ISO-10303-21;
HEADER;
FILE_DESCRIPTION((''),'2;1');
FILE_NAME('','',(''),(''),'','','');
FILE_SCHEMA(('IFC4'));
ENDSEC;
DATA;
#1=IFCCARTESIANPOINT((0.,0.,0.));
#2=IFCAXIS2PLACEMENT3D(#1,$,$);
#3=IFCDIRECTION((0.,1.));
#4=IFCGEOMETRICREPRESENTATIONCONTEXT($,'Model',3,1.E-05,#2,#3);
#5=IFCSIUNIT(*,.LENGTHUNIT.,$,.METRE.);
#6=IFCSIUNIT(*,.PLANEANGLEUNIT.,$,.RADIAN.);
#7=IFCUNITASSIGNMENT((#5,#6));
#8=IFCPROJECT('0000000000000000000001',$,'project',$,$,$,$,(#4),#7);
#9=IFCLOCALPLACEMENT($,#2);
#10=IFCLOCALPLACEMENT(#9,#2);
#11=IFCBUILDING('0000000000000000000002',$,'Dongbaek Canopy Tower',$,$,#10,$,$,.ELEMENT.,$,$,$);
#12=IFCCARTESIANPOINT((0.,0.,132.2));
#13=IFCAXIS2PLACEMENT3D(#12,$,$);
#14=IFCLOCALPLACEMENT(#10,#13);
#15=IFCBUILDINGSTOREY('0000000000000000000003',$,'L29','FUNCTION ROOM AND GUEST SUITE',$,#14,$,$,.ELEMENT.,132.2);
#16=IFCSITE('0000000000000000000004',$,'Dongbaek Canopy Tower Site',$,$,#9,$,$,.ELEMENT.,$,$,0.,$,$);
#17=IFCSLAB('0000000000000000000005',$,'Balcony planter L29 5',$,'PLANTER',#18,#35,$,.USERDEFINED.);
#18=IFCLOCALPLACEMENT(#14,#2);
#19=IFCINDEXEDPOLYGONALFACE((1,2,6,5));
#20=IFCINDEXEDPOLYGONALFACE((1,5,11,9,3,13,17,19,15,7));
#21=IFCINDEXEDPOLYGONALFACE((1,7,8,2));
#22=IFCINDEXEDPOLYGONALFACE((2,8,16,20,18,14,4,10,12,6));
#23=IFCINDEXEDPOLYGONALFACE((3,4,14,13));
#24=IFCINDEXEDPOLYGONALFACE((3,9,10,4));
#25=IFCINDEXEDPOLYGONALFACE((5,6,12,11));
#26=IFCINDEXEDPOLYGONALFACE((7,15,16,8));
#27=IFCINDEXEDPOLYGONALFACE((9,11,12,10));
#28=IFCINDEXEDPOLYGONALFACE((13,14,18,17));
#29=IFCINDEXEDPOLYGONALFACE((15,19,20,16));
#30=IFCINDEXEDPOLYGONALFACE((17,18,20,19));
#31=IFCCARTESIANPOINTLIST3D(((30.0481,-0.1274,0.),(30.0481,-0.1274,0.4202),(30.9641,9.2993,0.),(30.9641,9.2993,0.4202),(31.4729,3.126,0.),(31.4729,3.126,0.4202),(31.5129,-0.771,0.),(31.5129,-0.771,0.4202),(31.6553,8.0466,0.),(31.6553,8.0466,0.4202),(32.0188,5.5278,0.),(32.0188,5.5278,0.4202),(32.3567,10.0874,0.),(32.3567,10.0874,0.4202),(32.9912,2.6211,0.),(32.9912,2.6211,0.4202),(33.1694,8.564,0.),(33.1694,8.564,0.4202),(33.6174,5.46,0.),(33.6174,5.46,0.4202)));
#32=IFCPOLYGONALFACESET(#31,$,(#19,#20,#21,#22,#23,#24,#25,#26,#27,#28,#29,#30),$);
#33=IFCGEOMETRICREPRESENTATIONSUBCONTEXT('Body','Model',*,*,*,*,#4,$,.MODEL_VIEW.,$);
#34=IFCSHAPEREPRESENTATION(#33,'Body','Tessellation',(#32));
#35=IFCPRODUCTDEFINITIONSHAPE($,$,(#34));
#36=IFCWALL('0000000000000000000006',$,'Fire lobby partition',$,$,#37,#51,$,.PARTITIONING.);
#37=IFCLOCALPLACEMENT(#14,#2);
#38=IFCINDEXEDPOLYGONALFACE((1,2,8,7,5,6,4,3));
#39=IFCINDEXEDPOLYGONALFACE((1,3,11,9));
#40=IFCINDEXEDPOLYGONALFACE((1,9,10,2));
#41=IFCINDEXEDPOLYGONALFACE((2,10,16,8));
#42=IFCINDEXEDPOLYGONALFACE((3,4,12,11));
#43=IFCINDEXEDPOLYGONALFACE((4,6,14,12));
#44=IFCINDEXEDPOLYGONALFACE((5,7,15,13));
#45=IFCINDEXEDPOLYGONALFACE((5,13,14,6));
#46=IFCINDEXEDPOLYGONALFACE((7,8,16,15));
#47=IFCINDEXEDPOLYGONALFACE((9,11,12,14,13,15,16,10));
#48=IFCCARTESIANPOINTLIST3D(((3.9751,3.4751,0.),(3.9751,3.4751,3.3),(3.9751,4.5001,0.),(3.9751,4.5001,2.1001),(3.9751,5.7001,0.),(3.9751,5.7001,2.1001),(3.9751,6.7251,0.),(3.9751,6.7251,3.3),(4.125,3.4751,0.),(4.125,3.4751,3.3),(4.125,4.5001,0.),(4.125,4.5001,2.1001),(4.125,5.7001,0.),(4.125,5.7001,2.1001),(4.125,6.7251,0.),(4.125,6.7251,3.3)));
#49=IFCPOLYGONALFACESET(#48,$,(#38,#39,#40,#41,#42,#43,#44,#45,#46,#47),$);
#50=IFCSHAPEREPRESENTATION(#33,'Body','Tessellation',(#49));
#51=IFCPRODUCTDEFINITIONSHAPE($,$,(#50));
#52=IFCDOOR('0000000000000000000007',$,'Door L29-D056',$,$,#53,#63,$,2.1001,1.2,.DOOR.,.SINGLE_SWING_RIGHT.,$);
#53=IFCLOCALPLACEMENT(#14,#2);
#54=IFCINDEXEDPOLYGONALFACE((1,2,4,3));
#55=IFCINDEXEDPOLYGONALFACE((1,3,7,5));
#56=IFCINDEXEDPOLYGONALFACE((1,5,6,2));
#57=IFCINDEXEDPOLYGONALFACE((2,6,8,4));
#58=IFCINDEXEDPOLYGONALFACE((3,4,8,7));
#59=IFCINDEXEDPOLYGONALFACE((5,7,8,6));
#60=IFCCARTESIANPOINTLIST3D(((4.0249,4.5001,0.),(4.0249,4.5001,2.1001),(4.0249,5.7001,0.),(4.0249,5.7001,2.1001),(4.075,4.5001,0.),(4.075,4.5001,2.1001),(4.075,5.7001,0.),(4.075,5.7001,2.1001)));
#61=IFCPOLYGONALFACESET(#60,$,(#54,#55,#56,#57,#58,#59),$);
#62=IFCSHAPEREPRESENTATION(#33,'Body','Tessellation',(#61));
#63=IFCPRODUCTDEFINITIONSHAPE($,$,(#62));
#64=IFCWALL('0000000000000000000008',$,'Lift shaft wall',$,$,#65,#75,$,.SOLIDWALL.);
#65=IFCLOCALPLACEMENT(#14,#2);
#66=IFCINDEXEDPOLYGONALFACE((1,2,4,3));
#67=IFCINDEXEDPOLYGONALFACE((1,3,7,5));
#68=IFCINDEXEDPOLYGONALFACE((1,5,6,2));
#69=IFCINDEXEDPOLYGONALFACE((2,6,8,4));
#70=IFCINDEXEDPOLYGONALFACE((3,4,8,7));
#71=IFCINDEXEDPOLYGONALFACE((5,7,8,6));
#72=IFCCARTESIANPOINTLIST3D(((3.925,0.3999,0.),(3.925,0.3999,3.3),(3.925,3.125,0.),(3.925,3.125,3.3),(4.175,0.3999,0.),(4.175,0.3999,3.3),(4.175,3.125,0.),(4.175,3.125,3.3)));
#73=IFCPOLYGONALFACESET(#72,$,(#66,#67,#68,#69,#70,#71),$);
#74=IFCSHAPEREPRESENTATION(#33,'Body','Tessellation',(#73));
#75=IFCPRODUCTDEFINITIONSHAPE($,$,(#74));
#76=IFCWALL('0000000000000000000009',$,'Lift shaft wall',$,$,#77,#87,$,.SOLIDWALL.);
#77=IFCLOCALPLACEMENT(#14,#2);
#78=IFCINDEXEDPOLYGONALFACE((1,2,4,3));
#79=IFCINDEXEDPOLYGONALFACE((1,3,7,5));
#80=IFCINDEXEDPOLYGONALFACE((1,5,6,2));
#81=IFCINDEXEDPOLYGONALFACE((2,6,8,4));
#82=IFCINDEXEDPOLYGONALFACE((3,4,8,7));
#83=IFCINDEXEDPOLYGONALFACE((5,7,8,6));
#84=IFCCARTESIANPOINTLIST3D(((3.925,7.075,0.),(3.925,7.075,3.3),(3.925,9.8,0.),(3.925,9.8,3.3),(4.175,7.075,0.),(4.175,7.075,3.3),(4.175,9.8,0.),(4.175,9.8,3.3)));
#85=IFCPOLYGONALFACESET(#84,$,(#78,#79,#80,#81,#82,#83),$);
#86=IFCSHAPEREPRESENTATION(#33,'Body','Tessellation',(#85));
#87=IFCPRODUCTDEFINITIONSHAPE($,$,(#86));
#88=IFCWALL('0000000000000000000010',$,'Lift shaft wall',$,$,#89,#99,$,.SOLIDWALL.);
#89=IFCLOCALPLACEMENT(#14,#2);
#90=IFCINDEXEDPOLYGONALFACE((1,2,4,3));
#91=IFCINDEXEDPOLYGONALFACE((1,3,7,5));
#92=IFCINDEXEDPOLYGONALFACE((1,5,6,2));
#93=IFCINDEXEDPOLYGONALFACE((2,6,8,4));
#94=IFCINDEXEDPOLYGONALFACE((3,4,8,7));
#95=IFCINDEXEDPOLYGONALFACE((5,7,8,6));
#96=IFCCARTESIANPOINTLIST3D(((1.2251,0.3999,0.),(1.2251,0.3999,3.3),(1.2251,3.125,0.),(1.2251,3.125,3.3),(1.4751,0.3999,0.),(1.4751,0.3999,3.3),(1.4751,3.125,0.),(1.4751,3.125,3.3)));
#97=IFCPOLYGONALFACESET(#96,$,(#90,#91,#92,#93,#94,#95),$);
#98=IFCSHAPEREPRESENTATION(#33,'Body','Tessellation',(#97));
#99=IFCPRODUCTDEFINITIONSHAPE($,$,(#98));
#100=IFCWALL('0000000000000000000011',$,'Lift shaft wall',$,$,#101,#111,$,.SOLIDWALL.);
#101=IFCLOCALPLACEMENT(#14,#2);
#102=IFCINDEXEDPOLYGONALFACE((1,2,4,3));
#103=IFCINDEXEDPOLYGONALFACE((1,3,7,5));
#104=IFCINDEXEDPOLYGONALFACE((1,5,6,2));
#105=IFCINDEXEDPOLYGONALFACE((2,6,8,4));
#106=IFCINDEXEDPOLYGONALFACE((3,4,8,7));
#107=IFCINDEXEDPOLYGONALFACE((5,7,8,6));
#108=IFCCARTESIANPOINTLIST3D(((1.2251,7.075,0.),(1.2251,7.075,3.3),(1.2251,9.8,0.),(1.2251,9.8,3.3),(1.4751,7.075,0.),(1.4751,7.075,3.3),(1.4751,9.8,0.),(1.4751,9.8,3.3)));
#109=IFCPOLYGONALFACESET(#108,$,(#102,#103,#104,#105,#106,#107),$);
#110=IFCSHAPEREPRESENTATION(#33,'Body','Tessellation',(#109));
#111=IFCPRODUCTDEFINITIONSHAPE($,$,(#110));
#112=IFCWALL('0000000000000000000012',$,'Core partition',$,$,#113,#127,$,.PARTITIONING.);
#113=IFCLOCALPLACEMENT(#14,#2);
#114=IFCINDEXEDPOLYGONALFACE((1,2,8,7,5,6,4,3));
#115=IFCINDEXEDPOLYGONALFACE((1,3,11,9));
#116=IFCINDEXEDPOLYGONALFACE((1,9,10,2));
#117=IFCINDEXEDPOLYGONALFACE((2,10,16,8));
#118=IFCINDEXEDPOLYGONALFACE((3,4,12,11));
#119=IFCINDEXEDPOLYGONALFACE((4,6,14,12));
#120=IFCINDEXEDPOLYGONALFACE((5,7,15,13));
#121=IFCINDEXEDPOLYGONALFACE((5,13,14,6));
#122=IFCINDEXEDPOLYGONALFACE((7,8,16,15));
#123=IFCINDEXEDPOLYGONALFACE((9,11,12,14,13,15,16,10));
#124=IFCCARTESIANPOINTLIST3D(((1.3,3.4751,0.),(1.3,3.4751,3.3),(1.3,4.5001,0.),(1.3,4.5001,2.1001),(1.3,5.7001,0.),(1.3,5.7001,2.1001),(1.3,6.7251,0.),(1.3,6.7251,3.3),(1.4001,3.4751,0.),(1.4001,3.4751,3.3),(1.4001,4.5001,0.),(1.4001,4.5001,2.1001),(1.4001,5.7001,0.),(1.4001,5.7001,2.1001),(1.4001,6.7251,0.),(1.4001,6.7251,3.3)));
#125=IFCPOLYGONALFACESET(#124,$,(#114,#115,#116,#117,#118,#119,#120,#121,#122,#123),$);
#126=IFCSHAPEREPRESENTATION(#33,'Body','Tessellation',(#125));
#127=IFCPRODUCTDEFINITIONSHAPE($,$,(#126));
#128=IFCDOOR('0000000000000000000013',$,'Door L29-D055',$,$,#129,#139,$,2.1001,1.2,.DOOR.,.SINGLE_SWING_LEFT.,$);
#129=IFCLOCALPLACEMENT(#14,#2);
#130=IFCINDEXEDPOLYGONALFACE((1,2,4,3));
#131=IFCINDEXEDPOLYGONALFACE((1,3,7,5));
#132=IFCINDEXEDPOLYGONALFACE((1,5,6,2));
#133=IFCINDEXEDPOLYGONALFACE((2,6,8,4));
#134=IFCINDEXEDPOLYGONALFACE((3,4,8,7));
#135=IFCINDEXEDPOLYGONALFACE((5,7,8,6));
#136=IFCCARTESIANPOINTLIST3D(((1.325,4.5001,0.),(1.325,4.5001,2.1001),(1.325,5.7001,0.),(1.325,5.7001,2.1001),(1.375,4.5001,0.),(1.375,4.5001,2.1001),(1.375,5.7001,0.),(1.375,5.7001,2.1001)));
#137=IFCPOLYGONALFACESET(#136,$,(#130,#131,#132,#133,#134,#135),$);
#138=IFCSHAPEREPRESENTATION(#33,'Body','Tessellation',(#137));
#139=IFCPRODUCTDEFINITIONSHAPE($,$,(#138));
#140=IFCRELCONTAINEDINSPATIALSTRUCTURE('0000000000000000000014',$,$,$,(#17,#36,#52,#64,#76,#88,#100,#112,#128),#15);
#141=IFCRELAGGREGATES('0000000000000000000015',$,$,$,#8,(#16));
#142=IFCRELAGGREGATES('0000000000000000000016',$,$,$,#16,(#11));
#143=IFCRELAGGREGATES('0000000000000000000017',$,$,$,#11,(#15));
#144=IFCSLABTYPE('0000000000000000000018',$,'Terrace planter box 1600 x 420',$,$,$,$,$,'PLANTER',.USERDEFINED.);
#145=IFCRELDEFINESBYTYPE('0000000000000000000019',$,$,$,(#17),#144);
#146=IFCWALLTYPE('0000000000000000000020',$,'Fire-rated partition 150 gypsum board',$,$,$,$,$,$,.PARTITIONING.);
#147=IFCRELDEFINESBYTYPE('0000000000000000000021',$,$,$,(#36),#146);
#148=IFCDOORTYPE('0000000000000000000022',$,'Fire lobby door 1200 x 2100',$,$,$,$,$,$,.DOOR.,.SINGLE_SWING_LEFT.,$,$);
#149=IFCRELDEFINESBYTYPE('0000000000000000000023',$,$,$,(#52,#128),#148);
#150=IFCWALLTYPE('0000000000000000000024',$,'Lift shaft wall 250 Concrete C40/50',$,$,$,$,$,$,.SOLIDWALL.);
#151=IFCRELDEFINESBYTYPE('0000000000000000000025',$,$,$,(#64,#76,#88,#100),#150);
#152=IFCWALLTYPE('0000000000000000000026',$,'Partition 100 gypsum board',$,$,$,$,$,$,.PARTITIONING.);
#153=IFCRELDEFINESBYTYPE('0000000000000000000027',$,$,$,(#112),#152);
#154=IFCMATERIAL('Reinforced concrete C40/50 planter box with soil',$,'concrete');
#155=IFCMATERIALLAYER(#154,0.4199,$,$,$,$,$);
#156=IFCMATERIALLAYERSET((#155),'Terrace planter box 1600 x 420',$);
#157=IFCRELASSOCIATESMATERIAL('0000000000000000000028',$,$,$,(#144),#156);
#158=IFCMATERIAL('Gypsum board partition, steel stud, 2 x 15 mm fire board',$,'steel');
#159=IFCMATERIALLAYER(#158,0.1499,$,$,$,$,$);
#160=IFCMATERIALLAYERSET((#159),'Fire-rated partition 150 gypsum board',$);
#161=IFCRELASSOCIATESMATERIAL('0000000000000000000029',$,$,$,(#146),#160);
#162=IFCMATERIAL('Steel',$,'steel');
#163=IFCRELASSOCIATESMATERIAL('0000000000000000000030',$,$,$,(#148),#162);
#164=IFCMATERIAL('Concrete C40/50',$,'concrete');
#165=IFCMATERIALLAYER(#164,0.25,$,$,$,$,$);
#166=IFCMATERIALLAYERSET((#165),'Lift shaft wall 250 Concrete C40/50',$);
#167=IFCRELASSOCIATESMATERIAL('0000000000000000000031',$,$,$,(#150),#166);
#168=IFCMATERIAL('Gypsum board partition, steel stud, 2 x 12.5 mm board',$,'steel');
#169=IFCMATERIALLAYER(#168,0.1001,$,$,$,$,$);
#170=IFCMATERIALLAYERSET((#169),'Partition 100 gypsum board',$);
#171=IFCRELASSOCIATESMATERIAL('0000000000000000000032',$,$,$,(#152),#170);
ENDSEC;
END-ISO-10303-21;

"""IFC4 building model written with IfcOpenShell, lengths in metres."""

from ifc_helpers import new_model, si_unit, direction, frame, frame_2d, origin, place, context, subcontext, project, spatial, polyline, rectangle, outline, extrude, material, layer, layer_set, type_object, element, fill, save


model = new_model("IFC4")

# Units and contexts
model_context = context("Model", 3, precision=1e-05, world=origin(), true_north=direction((0.0, 1.0)))
body_context = subcontext(model_context, "Body", "Model", "MODEL_VIEW")
ifc_project = project(units=[si_unit("LENGTHUNIT", "METRE"), si_unit("PLANEANGLEUNIT", "RADIAN")], contexts=[model_context])

# Site, building, storey
site_placement = place(None, origin())
site = spatial("IfcSite", under=ifc_project, at=site_placement, Name="Dongbaek Canopy Tower Site", CompositionType="ELEMENT", RefElevation=0.0)
building_placement = place(site_placement, origin())
building = spatial("IfcBuilding", under=site, at=building_placement, Name="Dongbaek Canopy Tower", CompositionType="ELEMENT")
storey_placement = place(building_placement, frame((0.0, 0.0, 132.2)))
storey = spatial("IfcBuildingStorey", under=building, at=storey_placement, Name="L29", Description="FUNCTION ROOM AND GUEST SUITE", CompositionType="ELEMENT", Elevation=132.2)

# Slab
ifc_material_1 = material(Name="Reinforced concrete C40/50 planter box with soil", Category="concrete")
ifc_layer_1 = layer(ifc_material_1, 0.4199)
ifc_layer_set_1 = layer_set([ifc_layer_1], Name="Terrace planter box 1600 x 420")
slab_type_1 = type_object("IfcSlabType", Name="Terrace planter box 1600 x 420", ElementType="PLANTER", PredefinedType="USERDEFINED", material=ifc_layer_set_1)
slab_1_placement = place(storey_placement, origin())
element("IfcSlab", 1, at=slab_1_placement, inside=storey, type_object=slab_type_1, Name="Balcony planter L29 5", ObjectType="PLANTER", PredefinedType="USERDEFINED", context=body_context, shape_type="SweptSolid", body=[
    extrude(outline(polyline([(30.0481, -0.1274), (31.4729, 3.126), (32.0188, 5.5278), (31.6553, 8.0466), (30.9641, 9.2993), (32.3567, 10.0874), (33.1694, 8.564), (33.6174, 5.46), (32.9912, 2.6211), (31.5129, -0.771), (30.0481, -0.1274)])), origin(), (0.0, 0.0, 1.0), 0.4202),
])

# Wall, opening, door
ifc_material_2 = material(Name="Gypsum board partition, steel stud, 2 x 15 mm fire board", Category="steel")
ifc_layer_2 = layer(ifc_material_2, 0.1499)
ifc_layer_set_2 = layer_set([ifc_layer_2], Name="Fire-rated partition 150 gypsum board")
wall_type_1 = type_object("IfcWallType", Name="Fire-rated partition 150 gypsum board", PredefinedType="PARTITIONING", material=ifc_layer_set_2)
wall_1_placement = place(storey_placement, frame((4.05, 6.7251, 0.0), z_axis=(0.0, 0.0, 1.0), x_axis=(0.0, -1.0, 0.0)))
wall_1 = element("IfcWall", 2, at=wall_1_placement, inside=storey, type_object=wall_type_1, Name="Fire lobby partition", PredefinedType="PARTITIONING", context=body_context, shape_type="SweptSolid", body=[
    extrude(rectangle(XDim=3.25, YDim=0.1499, at=frame_2d((1.625, 0.0))), origin(), (0.0, 0.0, 1.0), 3.3),
])
opening_1_placement = place(wall_1_placement, frame((1.0249, 0.0, 0.0)))
opening_1 = element("IfcOpeningElement", 3, at=opening_1_placement, cuts=wall_1, PredefinedType="OPENING", context=body_context, shape_type="SweptSolid", body=[
    extrude(rectangle(XDim=1.2, YDim=2.1001, at=frame_2d((0.6001, 1.05))), frame((0.0, 0.085, 0.0), z_axis=(0.0, -1.0, 0.0), x_axis=(1.0, 0.0, 0.0)), (0.0, 0.0, 1.0), 0.1699),
])
ifc_material_3 = material(Name="Steel", Category="steel")
door_type = type_object("IfcDoorType", Name="Fire lobby door 1200 x 2100", OperationType="SINGLE_SWING_LEFT", PredefinedType="DOOR", material=ifc_material_3)
door_1_placement = place(opening_1_placement, origin())
door_1 = element("IfcDoor", 4, at=door_1_placement, inside=storey, type_object=door_type, Name="Door L29-D056", OperationType="SINGLE_SWING_RIGHT", OverallHeight=2.1001, OverallWidth=1.2, PredefinedType="DOOR", context=body_context, shape_type="SweptSolid", body=[
    extrude(rectangle(XDim=1.2, YDim=2.1001, at=frame_2d((0.6001, 1.05))), frame((0.0, 0.0249, 0.0), z_axis=(0.0, -1.0, 0.0), x_axis=(1.0, 0.0, 0.0)), (0.0, 0.0, 1.0), 0.05),
])
fill(opening_1, door_1)

# Walls
ifc_material_4 = material(Name="Concrete C40/50", Category="concrete")
ifc_layer_3 = layer(ifc_material_4, 0.25)
ifc_layer_set_3 = layer_set([ifc_layer_3], Name="Lift shaft wall 250 Concrete C40/50")
wall_type_2 = type_object("IfcWallType", Name="Lift shaft wall 250 Concrete C40/50", PredefinedType="SOLIDWALL", material=ifc_layer_set_3)
for number, where, z_axis, x_axis, name in (
    (5, (4.05, 0.3999, 0.0), (0.0, 0.0, 1.0), (0.0, 1.0, 0.0), "Lift shaft wall"),
    (6, (4.05, 7.075, 0.0), (0.0, 0.0, 1.0), (0.0, 1.0, 0.0), "Lift shaft wall"),
    (7, (1.3501, 0.3999, 0.0), (0.0, 0.0, 1.0), (0.0, 1.0, 0.0), "Lift shaft wall"),
    (8, (1.3501, 7.075, 0.0), (0.0, 0.0, 1.0), (0.0, 1.0, 0.0), "Lift shaft wall"),
):
    element("IfcWall", number, at=place(storey_placement, frame(where, z_axis=z_axis, x_axis=x_axis)), inside=storey, type_object=wall_type_2, Name=name, PredefinedType="SOLIDWALL", context=body_context, shape_type="SweptSolid", body=[
        extrude(rectangle(XDim=2.7251, YDim=0.25, at=frame_2d((1.3625, 0.0))), origin(), (0.0, 0.0, 1.0), 3.3),
    ])

# Wall, opening, door
ifc_material_5 = material(Name="Gypsum board partition, steel stud, 2 x 12.5 mm board", Category="steel")
ifc_layer_4 = layer(ifc_material_5, 0.1001)
ifc_layer_set_4 = layer_set([ifc_layer_4], Name="Partition 100 gypsum board")
wall_type_3 = type_object("IfcWallType", Name="Partition 100 gypsum board", PredefinedType="PARTITIONING", material=ifc_layer_set_4)
wall_2_placement = place(storey_placement, frame((1.3501, 6.7251, 0.0), z_axis=(0.0, 0.0, 1.0), x_axis=(0.0, -1.0, 0.0)))
wall_2 = element("IfcWall", 9, at=wall_2_placement, inside=storey, type_object=wall_type_3, Name="Core partition", PredefinedType="PARTITIONING", context=body_context, shape_type="SweptSolid", body=[
    extrude(rectangle(XDim=3.25, YDim=0.1001, at=frame_2d((1.625, 0.0))), origin(), (0.0, 0.0, 1.0), 3.3),
])
opening_2_placement = place(wall_2_placement, frame((1.0249, 0.0, 0.0)))
opening_2 = element("IfcOpeningElement", 10, at=opening_2_placement, cuts=wall_2, PredefinedType="OPENING", context=body_context, shape_type="SweptSolid", body=[
    extrude(rectangle(XDim=1.2, YDim=2.1001, at=frame_2d((0.6001, 1.05))), frame((0.0, 0.0601, 0.0), z_axis=(0.0, -1.0, 0.0), x_axis=(1.0, 0.0, 0.0)), (0.0, 0.0, 1.0), 0.1201),
])
door_2_placement = place(opening_2_placement, origin())
door_2 = element("IfcDoor", 11, at=door_2_placement, inside=storey, type_object=door_type, Name="Door L29-D055", OperationType="SINGLE_SWING_LEFT", OverallHeight=2.1001, OverallWidth=1.2, PredefinedType="DOOR", context=body_context, shape_type="SweptSolid", body=[
    extrude(rectangle(XDim=1.2, YDim=2.1001, at=frame_2d((0.6001, 1.05))), frame((0.0, 0.0249, 0.0), z_axis=(0.0, -1.0, 0.0), x_axis=(1.0, 0.0, 0.0)), (0.0, 0.0, 1.0), 0.05),
])
fill(opening_2, door_2)

save(model, "model.ifc")
